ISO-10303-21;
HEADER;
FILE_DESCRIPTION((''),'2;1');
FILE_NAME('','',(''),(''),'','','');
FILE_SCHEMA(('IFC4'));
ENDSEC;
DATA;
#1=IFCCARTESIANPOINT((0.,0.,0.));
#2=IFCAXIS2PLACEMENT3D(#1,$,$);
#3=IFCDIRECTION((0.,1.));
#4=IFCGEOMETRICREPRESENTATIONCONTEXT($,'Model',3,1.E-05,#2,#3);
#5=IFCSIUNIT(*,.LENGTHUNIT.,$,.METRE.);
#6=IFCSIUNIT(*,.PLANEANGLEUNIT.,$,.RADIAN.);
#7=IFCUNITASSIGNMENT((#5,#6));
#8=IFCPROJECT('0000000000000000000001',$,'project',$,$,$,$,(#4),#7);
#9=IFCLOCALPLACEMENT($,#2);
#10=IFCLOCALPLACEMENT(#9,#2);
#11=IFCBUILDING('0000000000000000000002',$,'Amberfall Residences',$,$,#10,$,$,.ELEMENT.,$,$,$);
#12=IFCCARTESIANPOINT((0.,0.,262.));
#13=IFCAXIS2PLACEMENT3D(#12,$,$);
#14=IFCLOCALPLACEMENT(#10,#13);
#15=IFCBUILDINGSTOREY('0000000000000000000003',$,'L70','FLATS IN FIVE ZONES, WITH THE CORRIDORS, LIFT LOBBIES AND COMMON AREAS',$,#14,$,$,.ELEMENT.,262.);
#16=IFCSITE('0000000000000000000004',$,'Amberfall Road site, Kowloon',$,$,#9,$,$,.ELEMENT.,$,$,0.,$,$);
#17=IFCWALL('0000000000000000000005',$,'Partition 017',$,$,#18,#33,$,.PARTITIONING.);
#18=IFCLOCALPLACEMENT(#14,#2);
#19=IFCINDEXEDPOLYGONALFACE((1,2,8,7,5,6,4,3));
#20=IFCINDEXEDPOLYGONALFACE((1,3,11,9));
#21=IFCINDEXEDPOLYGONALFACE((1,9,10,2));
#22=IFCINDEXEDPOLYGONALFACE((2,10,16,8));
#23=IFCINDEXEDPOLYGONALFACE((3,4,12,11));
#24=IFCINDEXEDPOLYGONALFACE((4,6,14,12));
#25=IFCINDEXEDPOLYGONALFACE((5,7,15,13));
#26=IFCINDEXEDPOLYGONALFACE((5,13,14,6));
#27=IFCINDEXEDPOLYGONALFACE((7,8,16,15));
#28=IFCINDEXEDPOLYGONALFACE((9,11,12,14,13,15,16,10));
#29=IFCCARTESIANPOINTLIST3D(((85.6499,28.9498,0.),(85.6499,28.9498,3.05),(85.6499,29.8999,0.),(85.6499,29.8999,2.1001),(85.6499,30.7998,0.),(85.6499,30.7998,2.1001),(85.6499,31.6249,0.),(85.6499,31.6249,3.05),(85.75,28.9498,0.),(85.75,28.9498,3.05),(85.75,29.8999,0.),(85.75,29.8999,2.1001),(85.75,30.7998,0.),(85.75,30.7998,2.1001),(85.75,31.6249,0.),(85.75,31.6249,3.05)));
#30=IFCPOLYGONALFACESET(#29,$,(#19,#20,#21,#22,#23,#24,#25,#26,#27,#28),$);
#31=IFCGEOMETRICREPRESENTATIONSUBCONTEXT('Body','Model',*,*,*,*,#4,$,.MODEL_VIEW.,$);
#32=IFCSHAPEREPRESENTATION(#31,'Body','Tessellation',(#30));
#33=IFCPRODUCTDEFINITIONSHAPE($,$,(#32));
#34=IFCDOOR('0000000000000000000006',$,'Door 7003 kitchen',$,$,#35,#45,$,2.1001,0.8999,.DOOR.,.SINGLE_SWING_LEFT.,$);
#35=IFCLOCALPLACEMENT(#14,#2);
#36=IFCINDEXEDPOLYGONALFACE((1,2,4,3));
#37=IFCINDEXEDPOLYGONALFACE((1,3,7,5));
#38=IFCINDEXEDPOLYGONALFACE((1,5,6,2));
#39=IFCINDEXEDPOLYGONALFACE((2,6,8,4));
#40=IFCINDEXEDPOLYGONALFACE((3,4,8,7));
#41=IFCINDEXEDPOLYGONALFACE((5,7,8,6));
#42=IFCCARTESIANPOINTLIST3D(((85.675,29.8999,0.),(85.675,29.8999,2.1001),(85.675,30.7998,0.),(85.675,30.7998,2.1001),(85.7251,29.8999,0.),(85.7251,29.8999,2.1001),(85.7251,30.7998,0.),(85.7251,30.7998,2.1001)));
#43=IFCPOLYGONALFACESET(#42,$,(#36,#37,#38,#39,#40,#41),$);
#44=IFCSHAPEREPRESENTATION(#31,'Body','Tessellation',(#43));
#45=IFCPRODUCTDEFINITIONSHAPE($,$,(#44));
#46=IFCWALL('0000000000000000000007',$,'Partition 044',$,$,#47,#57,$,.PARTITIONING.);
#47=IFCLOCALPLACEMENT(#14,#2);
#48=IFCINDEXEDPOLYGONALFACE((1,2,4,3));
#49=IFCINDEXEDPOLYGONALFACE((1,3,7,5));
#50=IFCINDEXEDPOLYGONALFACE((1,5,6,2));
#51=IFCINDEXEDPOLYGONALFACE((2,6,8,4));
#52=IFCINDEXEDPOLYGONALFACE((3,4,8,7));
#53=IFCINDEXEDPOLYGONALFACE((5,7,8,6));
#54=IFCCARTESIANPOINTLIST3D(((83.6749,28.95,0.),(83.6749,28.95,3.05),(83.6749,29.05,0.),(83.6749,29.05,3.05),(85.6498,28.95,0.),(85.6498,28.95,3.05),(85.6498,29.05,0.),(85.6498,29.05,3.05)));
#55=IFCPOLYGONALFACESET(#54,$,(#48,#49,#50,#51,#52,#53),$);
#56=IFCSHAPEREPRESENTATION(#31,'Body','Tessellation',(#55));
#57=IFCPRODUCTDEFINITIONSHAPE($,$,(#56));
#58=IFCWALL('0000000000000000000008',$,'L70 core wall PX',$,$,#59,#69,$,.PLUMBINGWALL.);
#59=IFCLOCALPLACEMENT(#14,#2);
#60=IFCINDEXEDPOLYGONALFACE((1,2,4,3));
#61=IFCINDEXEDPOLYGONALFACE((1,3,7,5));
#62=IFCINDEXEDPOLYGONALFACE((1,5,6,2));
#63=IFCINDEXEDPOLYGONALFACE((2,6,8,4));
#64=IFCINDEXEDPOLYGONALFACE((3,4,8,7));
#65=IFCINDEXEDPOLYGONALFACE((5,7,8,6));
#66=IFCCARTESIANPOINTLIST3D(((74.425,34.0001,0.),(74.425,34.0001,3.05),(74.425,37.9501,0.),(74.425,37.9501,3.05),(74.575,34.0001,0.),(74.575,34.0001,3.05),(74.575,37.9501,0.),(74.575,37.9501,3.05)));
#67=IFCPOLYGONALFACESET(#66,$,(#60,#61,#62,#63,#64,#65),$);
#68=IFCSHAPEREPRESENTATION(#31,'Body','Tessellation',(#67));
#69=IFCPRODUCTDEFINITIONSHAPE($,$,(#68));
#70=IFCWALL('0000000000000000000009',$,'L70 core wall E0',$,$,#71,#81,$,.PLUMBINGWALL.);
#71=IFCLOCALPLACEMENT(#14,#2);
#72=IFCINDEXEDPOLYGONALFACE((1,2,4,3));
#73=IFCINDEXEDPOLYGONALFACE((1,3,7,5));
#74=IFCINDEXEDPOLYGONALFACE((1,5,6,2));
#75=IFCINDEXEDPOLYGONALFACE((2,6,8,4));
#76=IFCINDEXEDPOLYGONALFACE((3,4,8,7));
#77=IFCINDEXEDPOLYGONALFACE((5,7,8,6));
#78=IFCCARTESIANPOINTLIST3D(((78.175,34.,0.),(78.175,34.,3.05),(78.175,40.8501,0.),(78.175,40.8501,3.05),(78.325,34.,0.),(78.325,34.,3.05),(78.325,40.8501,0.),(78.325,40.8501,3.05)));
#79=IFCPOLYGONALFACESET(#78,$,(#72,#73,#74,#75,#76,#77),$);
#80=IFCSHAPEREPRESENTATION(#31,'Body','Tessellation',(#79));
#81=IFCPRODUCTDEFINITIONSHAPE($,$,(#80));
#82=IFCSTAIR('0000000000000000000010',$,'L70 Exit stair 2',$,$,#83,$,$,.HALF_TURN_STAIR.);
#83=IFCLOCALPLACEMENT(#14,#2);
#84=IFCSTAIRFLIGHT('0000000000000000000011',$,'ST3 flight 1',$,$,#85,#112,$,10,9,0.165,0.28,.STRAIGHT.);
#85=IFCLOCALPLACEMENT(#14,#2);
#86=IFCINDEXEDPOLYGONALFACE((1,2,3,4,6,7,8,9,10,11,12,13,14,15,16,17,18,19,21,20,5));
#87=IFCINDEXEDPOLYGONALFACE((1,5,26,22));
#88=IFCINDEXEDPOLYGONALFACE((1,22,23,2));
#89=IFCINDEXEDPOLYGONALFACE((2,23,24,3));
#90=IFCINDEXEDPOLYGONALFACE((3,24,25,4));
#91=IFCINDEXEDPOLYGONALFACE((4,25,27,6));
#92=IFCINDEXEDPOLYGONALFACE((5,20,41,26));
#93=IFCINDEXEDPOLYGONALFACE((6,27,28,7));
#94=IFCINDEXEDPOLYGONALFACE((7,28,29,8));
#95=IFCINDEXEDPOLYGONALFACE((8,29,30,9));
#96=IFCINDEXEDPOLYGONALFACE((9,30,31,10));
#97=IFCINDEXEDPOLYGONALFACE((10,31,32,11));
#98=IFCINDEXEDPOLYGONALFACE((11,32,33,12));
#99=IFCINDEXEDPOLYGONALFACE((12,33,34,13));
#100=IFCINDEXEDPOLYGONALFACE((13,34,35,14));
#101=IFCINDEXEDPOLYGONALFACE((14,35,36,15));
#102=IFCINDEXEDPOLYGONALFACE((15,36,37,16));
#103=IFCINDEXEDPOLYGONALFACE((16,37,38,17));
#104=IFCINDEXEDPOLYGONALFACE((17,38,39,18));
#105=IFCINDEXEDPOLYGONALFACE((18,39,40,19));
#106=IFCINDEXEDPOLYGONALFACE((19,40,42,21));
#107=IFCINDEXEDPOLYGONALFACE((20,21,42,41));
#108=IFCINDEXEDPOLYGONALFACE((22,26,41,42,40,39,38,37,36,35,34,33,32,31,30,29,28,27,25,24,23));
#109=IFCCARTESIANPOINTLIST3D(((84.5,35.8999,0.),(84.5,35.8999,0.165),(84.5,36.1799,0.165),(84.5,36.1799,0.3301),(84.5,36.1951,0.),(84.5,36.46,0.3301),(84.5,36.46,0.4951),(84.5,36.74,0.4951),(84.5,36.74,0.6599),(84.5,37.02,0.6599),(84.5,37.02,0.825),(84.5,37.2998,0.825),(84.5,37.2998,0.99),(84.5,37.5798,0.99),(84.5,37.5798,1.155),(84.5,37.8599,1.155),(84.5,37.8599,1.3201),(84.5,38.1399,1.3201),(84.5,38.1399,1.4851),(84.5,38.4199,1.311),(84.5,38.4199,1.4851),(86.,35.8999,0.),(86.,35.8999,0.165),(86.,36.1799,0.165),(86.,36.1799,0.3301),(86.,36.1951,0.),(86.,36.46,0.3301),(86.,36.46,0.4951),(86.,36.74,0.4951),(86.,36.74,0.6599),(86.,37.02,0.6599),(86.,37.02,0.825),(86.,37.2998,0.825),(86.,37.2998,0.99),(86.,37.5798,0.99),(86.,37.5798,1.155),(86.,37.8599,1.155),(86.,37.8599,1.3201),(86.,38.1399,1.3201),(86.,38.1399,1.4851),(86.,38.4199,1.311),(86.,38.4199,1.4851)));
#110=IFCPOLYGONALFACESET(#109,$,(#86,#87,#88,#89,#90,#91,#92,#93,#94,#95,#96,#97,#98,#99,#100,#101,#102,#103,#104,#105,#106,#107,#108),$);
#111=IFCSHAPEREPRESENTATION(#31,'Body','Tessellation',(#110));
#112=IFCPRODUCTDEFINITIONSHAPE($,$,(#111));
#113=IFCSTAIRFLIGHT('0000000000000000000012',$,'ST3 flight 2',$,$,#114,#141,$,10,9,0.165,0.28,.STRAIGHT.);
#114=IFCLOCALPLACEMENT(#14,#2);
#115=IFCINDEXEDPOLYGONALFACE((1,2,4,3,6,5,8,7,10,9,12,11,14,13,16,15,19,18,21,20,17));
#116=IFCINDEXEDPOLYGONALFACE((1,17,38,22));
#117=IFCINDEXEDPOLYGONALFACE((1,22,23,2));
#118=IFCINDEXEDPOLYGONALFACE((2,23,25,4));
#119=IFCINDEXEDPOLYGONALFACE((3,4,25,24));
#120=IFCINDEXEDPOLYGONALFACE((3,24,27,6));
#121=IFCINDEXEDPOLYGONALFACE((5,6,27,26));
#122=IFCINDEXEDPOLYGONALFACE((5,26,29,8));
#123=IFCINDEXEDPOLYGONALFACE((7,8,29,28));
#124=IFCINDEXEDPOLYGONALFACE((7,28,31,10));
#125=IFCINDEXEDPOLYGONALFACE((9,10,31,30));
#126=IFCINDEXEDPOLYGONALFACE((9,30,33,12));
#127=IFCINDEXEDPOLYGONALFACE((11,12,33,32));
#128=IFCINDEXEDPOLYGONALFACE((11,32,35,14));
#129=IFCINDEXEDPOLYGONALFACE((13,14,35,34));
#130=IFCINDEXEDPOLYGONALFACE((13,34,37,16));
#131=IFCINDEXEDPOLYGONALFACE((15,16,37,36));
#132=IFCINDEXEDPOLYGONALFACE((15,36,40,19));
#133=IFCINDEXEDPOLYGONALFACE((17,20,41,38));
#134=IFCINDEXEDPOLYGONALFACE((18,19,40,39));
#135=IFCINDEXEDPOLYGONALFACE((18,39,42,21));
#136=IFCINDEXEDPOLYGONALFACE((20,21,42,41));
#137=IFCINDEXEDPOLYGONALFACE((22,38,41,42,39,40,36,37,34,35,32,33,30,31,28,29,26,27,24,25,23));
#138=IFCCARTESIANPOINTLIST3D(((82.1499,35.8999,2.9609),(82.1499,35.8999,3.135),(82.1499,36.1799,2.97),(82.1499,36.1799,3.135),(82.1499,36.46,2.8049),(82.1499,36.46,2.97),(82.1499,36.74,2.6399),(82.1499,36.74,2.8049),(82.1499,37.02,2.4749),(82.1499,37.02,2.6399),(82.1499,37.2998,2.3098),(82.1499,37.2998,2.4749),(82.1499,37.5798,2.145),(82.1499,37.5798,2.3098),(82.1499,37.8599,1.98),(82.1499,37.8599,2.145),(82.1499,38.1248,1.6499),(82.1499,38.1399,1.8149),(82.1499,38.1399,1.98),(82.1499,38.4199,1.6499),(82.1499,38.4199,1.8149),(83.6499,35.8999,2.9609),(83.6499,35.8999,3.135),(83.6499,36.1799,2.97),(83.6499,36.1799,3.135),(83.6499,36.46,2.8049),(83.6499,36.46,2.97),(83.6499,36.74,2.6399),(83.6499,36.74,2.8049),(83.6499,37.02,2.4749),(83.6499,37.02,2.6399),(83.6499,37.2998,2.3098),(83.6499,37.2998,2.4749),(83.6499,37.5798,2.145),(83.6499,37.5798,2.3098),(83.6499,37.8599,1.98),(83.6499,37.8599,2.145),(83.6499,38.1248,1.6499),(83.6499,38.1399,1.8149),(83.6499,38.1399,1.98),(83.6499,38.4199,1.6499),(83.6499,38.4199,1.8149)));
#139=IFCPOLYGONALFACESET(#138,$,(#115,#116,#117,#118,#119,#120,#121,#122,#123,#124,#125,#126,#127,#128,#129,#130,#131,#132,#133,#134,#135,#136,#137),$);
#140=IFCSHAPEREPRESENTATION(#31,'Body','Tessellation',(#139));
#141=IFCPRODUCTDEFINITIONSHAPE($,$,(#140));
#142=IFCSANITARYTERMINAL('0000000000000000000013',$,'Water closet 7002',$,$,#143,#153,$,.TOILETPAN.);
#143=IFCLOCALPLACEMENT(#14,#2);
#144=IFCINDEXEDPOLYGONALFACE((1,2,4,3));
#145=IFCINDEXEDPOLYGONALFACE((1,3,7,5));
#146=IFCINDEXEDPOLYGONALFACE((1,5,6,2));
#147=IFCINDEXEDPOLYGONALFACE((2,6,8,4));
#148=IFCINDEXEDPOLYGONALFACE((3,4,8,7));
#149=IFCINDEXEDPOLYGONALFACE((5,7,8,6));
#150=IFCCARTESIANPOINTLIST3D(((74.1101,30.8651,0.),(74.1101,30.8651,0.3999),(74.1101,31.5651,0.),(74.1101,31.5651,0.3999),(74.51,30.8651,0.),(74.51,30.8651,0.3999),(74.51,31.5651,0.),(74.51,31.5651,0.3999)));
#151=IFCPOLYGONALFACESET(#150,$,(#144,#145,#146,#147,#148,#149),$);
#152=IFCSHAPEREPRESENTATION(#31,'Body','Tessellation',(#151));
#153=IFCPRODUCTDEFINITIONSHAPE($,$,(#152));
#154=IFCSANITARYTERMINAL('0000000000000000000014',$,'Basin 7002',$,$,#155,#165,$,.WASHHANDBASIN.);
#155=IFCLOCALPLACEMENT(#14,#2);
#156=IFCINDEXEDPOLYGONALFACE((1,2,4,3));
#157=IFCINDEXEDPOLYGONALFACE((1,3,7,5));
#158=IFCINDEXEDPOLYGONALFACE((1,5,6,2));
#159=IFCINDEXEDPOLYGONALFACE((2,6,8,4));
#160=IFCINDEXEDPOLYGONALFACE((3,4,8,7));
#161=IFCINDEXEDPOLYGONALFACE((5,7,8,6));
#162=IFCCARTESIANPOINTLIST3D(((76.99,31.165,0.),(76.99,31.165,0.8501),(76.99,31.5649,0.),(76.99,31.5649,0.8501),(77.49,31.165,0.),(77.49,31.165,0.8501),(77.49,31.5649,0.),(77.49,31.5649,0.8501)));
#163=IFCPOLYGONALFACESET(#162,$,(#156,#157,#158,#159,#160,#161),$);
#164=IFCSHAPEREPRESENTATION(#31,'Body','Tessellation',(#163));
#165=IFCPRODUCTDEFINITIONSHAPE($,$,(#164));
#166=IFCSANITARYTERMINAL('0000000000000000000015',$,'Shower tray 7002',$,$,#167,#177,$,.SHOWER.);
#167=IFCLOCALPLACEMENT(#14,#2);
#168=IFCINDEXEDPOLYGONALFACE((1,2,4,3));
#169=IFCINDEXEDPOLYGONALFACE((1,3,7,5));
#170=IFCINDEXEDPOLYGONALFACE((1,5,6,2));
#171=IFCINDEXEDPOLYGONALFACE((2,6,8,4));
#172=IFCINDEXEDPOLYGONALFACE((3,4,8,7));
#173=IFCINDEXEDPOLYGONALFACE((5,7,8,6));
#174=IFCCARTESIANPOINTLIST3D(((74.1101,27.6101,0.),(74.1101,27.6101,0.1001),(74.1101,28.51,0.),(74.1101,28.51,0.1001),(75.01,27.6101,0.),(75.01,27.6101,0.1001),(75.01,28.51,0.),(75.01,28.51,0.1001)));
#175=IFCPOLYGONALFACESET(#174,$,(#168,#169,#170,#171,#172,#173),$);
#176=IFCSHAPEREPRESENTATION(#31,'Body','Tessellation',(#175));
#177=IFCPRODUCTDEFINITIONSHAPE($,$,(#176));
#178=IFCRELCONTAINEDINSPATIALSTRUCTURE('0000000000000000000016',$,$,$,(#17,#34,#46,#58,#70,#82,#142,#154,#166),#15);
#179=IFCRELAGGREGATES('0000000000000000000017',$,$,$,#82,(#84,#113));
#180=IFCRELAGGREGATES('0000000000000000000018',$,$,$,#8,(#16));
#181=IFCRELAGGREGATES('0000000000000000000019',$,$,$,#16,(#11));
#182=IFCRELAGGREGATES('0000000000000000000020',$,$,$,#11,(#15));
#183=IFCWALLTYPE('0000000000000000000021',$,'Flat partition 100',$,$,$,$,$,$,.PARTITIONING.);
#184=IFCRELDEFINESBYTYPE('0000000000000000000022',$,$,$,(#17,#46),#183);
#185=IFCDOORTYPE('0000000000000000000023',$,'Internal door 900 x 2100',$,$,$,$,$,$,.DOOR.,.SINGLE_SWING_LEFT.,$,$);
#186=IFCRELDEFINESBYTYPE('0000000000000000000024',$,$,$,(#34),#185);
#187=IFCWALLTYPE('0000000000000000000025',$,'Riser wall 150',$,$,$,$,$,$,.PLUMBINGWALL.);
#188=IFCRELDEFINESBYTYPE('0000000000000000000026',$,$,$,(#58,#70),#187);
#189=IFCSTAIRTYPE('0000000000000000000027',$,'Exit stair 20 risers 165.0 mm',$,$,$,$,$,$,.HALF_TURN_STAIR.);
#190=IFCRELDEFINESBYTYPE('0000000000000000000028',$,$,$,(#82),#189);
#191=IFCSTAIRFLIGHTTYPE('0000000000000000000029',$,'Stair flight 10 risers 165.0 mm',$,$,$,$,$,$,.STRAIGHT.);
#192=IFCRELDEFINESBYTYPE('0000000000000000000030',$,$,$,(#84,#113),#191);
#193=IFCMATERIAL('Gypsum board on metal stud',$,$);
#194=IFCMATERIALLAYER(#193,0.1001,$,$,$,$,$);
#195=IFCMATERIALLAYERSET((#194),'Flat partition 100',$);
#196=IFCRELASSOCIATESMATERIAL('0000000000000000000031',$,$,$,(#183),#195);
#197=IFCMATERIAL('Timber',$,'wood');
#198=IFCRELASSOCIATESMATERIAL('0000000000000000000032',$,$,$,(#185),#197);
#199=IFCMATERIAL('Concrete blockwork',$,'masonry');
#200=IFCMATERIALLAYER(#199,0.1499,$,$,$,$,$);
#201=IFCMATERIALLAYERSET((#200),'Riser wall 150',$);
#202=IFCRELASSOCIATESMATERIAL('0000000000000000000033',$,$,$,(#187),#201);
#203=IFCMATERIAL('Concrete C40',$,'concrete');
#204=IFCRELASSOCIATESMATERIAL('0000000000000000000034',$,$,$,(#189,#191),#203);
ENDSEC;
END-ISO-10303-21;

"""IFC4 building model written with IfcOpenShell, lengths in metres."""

from ifc_helpers import new_model, si_unit, direction, frame, frame_2d, origin, origin_2d, place, context, subcontext, project, spatial, polyline, rectangle, outline, extrude, material, layer, layer_set, type_object, element, fill, aggregate, save


model = new_model("IFC4")

# Units and contexts
model_context = context("Model", 3, precision=1e-05, world=origin(), true_north=direction((0.0, 1.0)))
body_context = subcontext(model_context, "Body", "Model", "MODEL_VIEW")
ifc_project = project(units=[si_unit("LENGTHUNIT", "METRE"), si_unit("PLANEANGLEUNIT", "RADIAN")], contexts=[model_context])

# Site, building, storey
site_placement = place(None, origin())
site = spatial("IfcSite", under=ifc_project, at=site_placement, Name="Amberfall Road site, Kowloon", CompositionType="ELEMENT", RefElevation=0.0)
building_placement = place(site_placement, origin())
building = spatial("IfcBuilding", under=site, at=building_placement, Name="Amberfall Residences", CompositionType="ELEMENT")
storey_placement = place(building_placement, frame((0.0, 0.0, 262.0)))
storey = spatial("IfcBuildingStorey", under=building, at=storey_placement, Name="L70", Description="FLATS IN FIVE ZONES, WITH THE CORRIDORS, LIFT LOBBIES AND COMMON AREAS", CompositionType="ELEMENT", Elevation=262.0)

# Wall, opening, door
ifc_material_1 = material(Name="Gypsum board on metal stud")
ifc_layer_1 = layer(ifc_material_1, 0.1001)
ifc_layer_set_1 = layer_set([ifc_layer_1], Name="Flat partition 100")
wall_type_1 = type_object("IfcWallType", Name="Flat partition 100", PredefinedType="PARTITIONING", material=ifc_layer_set_1)
ifc_material_2 = material(Name="Timber", Category="wood")
door_type_1 = type_object("IfcDoorType", Name="Internal door 900 x 2100", OperationType="SINGLE_SWING_LEFT", PredefinedType="DOOR", material=ifc_material_2)
wall_1_placement = place(storey_placement, frame((85.7, 28.95, 0.0), z_axis=(0.0, 0.0, 1.0), x_axis=(0.0, 1.0, 0.0)))
wall_1 = element("IfcWall", 1, at=wall_1_placement, inside=storey, type_object=wall_type_1, Name="Partition 017", PredefinedType="PARTITIONING", context=body_context, shape_type="SweptSolid", body=[
    extrude(rectangle(XDim=2.675, YDim=0.1001, at=frame_2d((1.3374, 0.0))), origin(), (0.0, 0.0, 1.0), 3.05),
])
opening_1_placement = place(wall_1_placement, frame((0.95, 0.0, 0.0)))
opening_1 = element("IfcOpeningElement", 2, at=opening_1_placement, cuts=wall_1, PredefinedType="OPENING", context=body_context, shape_type="SweptSolid", body=[
    extrude(rectangle(XDim=0.8999, YDim=2.1001, at=frame_2d((0.45, 1.05))), frame((0.0, 0.0601, 0.0), z_axis=(0.0, -1.0, 0.0), x_axis=(1.0, 0.0, 0.0)), (0.0, 0.0, 1.0), 0.1201),
])
door_1_placement = place(opening_1_placement, origin())
door_1 = element("IfcDoor", 3, at=door_1_placement, inside=storey, type_object=door_type_1, Name="Door 7003 kitchen", OperationType="SINGLE_SWING_LEFT", OverallHeight=2.1001, OverallWidth=0.8999, PredefinedType="DOOR", context=body_context, shape_type="SweptSolid", body=[
    extrude(rectangle(XDim=0.8999, YDim=2.1001, at=frame_2d((0.45, 1.05))), frame((0.0, 0.0249, 0.0), z_axis=(0.0, -1.0, 0.0), x_axis=(1.0, 0.0, 0.0)), (0.0, 0.0, 1.0), 0.05),
])
fill(opening_1, door_1)

# Walls
wall_2_placement = place(storey_placement, frame((83.675, 29.0, 0.0), z_axis=(0.0, 0.0, 1.0), x_axis=(1.0, 0.0, 0.0)))
element("IfcWall", 4, at=wall_2_placement, inside=storey, type_object=wall_type_1, Name="Partition 044", PredefinedType="PARTITIONING", context=body_context, shape_type="SweptSolid", body=[
    extrude(rectangle(XDim=1.9749, YDim=0.1001, at=frame_2d((0.9873, 0.0))), origin(), (0.0, 0.0, 1.0), 3.05),
])
ifc_material_3 = material(Name="Concrete blockwork", Category="masonry")
ifc_layer_2 = layer(ifc_material_3, 0.1499)
ifc_layer_set_2 = layer_set([ifc_layer_2], Name="Riser wall 150")
wall_type_2 = type_object("IfcWallType", Name="Riser wall 150", PredefinedType="PLUMBINGWALL", material=ifc_layer_set_2)
wall_3_placement = place(storey_placement, frame((74.5, 34.0, 0.0), z_axis=(0.0, 0.0, 1.0), x_axis=(0.0, 1.0, 0.0)))
element("IfcWall", 5, at=wall_3_placement, inside=storey, type_object=wall_type_2, Name="L70 core wall PX", PredefinedType="PLUMBINGWALL", context=body_context, shape_type="SweptSolid", body=[
    extrude(rectangle(XDim=3.95, YDim=0.1499, at=frame_2d((1.9751, 0.0))), origin(), (0.0, 0.0, 1.0), 3.05),
])
wall_4_placement = place(storey_placement, frame((78.25, 34.0, 0.0), z_axis=(0.0, 0.0, 1.0), x_axis=(0.0, 1.0, 0.0)))
element("IfcWall", 6, at=wall_4_placement, inside=storey, type_object=wall_type_2, Name="L70 core wall E0", PredefinedType="PLUMBINGWALL", context=body_context, shape_type="SweptSolid", body=[
    extrude(rectangle(XDim=6.8501, YDim=0.1499, at=frame_2d((3.425, 0.0))), origin(), (0.0, 0.0, 1.0), 3.05),
])

# Stair, stair flights
ifc_material_4 = material(Name="Concrete C40", Category="concrete")
stair_type = type_object("IfcStairType", Name="Exit stair 20 risers 165.0 mm", PredefinedType="HALF_TURN_STAIR", material=ifc_material_4)
stair_placement = place(storey_placement, origin())
stair = element("IfcStair", 7, at=stair_placement, inside=storey, type_object=stair_type, Name="L70 Exit stair 2", PredefinedType="HALF_TURN_STAIR")
stair_flight_type = type_object("IfcStairFlightType", Name="Stair flight 10 risers 165.0 mm", PredefinedType="STRAIGHT", material=ifc_material_4)
stair_flight_1_placement = place(storey_placement, frame((85.25, 35.8999, 0.0), z_axis=(0.0, 0.0, 1.0), x_axis=(0.0, 1.0, 0.0)))
stair_flight_1 = element("IfcStairFlight", 8, at=stair_flight_1_placement, type_object=stair_flight_type, Name="ST3 flight 1", NumberOfRisers=10, NumberOfTreads=9, PredefinedType="STRAIGHT", RiserHeight=0.165, TreadLength=0.28, context=body_context, shape_type="SweptSolid", body=[
    extrude(outline(polyline([(0.0, 0.0), (0.0, 0.165), (0.28, 0.165), (0.28, 0.3301), (0.5601, 0.3301), (0.5601, 0.4951), (0.8401, 0.4951), (0.8401, 0.6599), (1.1201, 0.6599), (1.1201, 0.825), (1.3999, 0.825), (1.3999, 0.99), (1.6799, 0.99), (1.6799, 1.155), (1.96, 1.155), (1.96, 1.3201), (2.24, 1.3201), (2.24, 1.4851), (2.52, 1.4851), (2.52, 1.6499), (2.52, 1.311), (0.2952, 0.0), (0.0, 0.0)])), frame((0.0, 0.75, 0.0), z_axis=(0.0, -1.0, 0.0), x_axis=(1.0, 0.0, 0.0)), (0.0, 0.0, 1.0), 1.5),
])
stair_flight_2_placement = place(storey_placement, frame((82.8999, 38.4199, 1.6499), z_axis=(0.0, 0.0, 1.0), x_axis=(0.0, -1.0, 0.0)))
stair_flight_2 = element("IfcStairFlight", 9, at=stair_flight_2_placement, type_object=stair_flight_type, Name="ST3 flight 2", NumberOfRisers=10, NumberOfTreads=9, PredefinedType="STRAIGHT", RiserHeight=0.165, TreadLength=0.28, context=body_context, shape_type="SweptSolid", body=[
    extrude(outline(polyline([(0.0, 0.0), (0.0, 0.165), (0.28, 0.165), (0.28, 0.3301), (0.5601, 0.3301), (0.5601, 0.4951), (0.8401, 0.4951), (0.8401, 0.6599), (1.1201, 0.6599), (1.1201, 0.825), (1.3999, 0.825), (1.3999, 0.99), (1.6799, 0.99), (1.6799, 1.155), (1.96, 1.155), (1.96, 1.3201), (2.24, 1.3201), (2.24, 1.4851), (2.52, 1.4851), (2.52, 1.6499), (2.52, 1.311), (0.2952, 0.0), (0.0, 0.0)])), frame((0.0, 0.75, 0.0), z_axis=(0.0, -1.0, 0.0), x_axis=(1.0, 0.0, 0.0)), (0.0, 0.0, 1.0), 1.5),
])
aggregate(stair, [stair_flight_1, stair_flight_2])

# Sanitary terminals
sanitary_terminal_1_placement = place(storey_placement, frame((74.3101, 31.2151, 0.0), z_axis=(0.0, 0.0, 1.0), x_axis=(1.0, 0.0, 0.0)))
element("IfcSanitaryTerminal", 10, at=sanitary_terminal_1_placement, inside=storey, Name="Water closet 7002", PredefinedType="TOILETPAN", context=body_context, shape_type="SweptSolid", body=[
    extrude(rectangle(XDim=0.3999, YDim=0.7, at=origin_2d()), origin(), (0.0, 0.0, 1.0), 0.3999),
])
sanitary_terminal_2_placement = place(storey_placement, frame((77.24, 31.365, 0.0), z_axis=(0.0, 0.0, 1.0), x_axis=(1.0, 0.0, 0.0)))
element("IfcSanitaryTerminal", 11, at=sanitary_terminal_2_placement, inside=storey, Name="Basin 7002", PredefinedType="WASHHANDBASIN", context=body_context, shape_type="SweptSolid", body=[
    extrude(rectangle(XDim=0.5, YDim=0.3999, at=origin_2d()), origin(), (0.0, 0.0, 1.0), 0.8501),
])
sanitary_terminal_3_placement = place(storey_placement, frame((74.5601, 28.0601, 0.0), z_axis=(0.0, 0.0, 1.0), x_axis=(1.0, 0.0, 0.0)))
element("IfcSanitaryTerminal", 12, at=sanitary_terminal_3_placement, inside=storey, Name="Shower tray 7002", PredefinedType="SHOWER", context=body_context, shape_type="SweptSolid", body=[
    extrude(rectangle(XDim=0.8999, YDim=0.8999, at=origin_2d()), origin(), (0.0, 0.0, 1.0), 0.1001),
])

save(model, "model.ifc")
